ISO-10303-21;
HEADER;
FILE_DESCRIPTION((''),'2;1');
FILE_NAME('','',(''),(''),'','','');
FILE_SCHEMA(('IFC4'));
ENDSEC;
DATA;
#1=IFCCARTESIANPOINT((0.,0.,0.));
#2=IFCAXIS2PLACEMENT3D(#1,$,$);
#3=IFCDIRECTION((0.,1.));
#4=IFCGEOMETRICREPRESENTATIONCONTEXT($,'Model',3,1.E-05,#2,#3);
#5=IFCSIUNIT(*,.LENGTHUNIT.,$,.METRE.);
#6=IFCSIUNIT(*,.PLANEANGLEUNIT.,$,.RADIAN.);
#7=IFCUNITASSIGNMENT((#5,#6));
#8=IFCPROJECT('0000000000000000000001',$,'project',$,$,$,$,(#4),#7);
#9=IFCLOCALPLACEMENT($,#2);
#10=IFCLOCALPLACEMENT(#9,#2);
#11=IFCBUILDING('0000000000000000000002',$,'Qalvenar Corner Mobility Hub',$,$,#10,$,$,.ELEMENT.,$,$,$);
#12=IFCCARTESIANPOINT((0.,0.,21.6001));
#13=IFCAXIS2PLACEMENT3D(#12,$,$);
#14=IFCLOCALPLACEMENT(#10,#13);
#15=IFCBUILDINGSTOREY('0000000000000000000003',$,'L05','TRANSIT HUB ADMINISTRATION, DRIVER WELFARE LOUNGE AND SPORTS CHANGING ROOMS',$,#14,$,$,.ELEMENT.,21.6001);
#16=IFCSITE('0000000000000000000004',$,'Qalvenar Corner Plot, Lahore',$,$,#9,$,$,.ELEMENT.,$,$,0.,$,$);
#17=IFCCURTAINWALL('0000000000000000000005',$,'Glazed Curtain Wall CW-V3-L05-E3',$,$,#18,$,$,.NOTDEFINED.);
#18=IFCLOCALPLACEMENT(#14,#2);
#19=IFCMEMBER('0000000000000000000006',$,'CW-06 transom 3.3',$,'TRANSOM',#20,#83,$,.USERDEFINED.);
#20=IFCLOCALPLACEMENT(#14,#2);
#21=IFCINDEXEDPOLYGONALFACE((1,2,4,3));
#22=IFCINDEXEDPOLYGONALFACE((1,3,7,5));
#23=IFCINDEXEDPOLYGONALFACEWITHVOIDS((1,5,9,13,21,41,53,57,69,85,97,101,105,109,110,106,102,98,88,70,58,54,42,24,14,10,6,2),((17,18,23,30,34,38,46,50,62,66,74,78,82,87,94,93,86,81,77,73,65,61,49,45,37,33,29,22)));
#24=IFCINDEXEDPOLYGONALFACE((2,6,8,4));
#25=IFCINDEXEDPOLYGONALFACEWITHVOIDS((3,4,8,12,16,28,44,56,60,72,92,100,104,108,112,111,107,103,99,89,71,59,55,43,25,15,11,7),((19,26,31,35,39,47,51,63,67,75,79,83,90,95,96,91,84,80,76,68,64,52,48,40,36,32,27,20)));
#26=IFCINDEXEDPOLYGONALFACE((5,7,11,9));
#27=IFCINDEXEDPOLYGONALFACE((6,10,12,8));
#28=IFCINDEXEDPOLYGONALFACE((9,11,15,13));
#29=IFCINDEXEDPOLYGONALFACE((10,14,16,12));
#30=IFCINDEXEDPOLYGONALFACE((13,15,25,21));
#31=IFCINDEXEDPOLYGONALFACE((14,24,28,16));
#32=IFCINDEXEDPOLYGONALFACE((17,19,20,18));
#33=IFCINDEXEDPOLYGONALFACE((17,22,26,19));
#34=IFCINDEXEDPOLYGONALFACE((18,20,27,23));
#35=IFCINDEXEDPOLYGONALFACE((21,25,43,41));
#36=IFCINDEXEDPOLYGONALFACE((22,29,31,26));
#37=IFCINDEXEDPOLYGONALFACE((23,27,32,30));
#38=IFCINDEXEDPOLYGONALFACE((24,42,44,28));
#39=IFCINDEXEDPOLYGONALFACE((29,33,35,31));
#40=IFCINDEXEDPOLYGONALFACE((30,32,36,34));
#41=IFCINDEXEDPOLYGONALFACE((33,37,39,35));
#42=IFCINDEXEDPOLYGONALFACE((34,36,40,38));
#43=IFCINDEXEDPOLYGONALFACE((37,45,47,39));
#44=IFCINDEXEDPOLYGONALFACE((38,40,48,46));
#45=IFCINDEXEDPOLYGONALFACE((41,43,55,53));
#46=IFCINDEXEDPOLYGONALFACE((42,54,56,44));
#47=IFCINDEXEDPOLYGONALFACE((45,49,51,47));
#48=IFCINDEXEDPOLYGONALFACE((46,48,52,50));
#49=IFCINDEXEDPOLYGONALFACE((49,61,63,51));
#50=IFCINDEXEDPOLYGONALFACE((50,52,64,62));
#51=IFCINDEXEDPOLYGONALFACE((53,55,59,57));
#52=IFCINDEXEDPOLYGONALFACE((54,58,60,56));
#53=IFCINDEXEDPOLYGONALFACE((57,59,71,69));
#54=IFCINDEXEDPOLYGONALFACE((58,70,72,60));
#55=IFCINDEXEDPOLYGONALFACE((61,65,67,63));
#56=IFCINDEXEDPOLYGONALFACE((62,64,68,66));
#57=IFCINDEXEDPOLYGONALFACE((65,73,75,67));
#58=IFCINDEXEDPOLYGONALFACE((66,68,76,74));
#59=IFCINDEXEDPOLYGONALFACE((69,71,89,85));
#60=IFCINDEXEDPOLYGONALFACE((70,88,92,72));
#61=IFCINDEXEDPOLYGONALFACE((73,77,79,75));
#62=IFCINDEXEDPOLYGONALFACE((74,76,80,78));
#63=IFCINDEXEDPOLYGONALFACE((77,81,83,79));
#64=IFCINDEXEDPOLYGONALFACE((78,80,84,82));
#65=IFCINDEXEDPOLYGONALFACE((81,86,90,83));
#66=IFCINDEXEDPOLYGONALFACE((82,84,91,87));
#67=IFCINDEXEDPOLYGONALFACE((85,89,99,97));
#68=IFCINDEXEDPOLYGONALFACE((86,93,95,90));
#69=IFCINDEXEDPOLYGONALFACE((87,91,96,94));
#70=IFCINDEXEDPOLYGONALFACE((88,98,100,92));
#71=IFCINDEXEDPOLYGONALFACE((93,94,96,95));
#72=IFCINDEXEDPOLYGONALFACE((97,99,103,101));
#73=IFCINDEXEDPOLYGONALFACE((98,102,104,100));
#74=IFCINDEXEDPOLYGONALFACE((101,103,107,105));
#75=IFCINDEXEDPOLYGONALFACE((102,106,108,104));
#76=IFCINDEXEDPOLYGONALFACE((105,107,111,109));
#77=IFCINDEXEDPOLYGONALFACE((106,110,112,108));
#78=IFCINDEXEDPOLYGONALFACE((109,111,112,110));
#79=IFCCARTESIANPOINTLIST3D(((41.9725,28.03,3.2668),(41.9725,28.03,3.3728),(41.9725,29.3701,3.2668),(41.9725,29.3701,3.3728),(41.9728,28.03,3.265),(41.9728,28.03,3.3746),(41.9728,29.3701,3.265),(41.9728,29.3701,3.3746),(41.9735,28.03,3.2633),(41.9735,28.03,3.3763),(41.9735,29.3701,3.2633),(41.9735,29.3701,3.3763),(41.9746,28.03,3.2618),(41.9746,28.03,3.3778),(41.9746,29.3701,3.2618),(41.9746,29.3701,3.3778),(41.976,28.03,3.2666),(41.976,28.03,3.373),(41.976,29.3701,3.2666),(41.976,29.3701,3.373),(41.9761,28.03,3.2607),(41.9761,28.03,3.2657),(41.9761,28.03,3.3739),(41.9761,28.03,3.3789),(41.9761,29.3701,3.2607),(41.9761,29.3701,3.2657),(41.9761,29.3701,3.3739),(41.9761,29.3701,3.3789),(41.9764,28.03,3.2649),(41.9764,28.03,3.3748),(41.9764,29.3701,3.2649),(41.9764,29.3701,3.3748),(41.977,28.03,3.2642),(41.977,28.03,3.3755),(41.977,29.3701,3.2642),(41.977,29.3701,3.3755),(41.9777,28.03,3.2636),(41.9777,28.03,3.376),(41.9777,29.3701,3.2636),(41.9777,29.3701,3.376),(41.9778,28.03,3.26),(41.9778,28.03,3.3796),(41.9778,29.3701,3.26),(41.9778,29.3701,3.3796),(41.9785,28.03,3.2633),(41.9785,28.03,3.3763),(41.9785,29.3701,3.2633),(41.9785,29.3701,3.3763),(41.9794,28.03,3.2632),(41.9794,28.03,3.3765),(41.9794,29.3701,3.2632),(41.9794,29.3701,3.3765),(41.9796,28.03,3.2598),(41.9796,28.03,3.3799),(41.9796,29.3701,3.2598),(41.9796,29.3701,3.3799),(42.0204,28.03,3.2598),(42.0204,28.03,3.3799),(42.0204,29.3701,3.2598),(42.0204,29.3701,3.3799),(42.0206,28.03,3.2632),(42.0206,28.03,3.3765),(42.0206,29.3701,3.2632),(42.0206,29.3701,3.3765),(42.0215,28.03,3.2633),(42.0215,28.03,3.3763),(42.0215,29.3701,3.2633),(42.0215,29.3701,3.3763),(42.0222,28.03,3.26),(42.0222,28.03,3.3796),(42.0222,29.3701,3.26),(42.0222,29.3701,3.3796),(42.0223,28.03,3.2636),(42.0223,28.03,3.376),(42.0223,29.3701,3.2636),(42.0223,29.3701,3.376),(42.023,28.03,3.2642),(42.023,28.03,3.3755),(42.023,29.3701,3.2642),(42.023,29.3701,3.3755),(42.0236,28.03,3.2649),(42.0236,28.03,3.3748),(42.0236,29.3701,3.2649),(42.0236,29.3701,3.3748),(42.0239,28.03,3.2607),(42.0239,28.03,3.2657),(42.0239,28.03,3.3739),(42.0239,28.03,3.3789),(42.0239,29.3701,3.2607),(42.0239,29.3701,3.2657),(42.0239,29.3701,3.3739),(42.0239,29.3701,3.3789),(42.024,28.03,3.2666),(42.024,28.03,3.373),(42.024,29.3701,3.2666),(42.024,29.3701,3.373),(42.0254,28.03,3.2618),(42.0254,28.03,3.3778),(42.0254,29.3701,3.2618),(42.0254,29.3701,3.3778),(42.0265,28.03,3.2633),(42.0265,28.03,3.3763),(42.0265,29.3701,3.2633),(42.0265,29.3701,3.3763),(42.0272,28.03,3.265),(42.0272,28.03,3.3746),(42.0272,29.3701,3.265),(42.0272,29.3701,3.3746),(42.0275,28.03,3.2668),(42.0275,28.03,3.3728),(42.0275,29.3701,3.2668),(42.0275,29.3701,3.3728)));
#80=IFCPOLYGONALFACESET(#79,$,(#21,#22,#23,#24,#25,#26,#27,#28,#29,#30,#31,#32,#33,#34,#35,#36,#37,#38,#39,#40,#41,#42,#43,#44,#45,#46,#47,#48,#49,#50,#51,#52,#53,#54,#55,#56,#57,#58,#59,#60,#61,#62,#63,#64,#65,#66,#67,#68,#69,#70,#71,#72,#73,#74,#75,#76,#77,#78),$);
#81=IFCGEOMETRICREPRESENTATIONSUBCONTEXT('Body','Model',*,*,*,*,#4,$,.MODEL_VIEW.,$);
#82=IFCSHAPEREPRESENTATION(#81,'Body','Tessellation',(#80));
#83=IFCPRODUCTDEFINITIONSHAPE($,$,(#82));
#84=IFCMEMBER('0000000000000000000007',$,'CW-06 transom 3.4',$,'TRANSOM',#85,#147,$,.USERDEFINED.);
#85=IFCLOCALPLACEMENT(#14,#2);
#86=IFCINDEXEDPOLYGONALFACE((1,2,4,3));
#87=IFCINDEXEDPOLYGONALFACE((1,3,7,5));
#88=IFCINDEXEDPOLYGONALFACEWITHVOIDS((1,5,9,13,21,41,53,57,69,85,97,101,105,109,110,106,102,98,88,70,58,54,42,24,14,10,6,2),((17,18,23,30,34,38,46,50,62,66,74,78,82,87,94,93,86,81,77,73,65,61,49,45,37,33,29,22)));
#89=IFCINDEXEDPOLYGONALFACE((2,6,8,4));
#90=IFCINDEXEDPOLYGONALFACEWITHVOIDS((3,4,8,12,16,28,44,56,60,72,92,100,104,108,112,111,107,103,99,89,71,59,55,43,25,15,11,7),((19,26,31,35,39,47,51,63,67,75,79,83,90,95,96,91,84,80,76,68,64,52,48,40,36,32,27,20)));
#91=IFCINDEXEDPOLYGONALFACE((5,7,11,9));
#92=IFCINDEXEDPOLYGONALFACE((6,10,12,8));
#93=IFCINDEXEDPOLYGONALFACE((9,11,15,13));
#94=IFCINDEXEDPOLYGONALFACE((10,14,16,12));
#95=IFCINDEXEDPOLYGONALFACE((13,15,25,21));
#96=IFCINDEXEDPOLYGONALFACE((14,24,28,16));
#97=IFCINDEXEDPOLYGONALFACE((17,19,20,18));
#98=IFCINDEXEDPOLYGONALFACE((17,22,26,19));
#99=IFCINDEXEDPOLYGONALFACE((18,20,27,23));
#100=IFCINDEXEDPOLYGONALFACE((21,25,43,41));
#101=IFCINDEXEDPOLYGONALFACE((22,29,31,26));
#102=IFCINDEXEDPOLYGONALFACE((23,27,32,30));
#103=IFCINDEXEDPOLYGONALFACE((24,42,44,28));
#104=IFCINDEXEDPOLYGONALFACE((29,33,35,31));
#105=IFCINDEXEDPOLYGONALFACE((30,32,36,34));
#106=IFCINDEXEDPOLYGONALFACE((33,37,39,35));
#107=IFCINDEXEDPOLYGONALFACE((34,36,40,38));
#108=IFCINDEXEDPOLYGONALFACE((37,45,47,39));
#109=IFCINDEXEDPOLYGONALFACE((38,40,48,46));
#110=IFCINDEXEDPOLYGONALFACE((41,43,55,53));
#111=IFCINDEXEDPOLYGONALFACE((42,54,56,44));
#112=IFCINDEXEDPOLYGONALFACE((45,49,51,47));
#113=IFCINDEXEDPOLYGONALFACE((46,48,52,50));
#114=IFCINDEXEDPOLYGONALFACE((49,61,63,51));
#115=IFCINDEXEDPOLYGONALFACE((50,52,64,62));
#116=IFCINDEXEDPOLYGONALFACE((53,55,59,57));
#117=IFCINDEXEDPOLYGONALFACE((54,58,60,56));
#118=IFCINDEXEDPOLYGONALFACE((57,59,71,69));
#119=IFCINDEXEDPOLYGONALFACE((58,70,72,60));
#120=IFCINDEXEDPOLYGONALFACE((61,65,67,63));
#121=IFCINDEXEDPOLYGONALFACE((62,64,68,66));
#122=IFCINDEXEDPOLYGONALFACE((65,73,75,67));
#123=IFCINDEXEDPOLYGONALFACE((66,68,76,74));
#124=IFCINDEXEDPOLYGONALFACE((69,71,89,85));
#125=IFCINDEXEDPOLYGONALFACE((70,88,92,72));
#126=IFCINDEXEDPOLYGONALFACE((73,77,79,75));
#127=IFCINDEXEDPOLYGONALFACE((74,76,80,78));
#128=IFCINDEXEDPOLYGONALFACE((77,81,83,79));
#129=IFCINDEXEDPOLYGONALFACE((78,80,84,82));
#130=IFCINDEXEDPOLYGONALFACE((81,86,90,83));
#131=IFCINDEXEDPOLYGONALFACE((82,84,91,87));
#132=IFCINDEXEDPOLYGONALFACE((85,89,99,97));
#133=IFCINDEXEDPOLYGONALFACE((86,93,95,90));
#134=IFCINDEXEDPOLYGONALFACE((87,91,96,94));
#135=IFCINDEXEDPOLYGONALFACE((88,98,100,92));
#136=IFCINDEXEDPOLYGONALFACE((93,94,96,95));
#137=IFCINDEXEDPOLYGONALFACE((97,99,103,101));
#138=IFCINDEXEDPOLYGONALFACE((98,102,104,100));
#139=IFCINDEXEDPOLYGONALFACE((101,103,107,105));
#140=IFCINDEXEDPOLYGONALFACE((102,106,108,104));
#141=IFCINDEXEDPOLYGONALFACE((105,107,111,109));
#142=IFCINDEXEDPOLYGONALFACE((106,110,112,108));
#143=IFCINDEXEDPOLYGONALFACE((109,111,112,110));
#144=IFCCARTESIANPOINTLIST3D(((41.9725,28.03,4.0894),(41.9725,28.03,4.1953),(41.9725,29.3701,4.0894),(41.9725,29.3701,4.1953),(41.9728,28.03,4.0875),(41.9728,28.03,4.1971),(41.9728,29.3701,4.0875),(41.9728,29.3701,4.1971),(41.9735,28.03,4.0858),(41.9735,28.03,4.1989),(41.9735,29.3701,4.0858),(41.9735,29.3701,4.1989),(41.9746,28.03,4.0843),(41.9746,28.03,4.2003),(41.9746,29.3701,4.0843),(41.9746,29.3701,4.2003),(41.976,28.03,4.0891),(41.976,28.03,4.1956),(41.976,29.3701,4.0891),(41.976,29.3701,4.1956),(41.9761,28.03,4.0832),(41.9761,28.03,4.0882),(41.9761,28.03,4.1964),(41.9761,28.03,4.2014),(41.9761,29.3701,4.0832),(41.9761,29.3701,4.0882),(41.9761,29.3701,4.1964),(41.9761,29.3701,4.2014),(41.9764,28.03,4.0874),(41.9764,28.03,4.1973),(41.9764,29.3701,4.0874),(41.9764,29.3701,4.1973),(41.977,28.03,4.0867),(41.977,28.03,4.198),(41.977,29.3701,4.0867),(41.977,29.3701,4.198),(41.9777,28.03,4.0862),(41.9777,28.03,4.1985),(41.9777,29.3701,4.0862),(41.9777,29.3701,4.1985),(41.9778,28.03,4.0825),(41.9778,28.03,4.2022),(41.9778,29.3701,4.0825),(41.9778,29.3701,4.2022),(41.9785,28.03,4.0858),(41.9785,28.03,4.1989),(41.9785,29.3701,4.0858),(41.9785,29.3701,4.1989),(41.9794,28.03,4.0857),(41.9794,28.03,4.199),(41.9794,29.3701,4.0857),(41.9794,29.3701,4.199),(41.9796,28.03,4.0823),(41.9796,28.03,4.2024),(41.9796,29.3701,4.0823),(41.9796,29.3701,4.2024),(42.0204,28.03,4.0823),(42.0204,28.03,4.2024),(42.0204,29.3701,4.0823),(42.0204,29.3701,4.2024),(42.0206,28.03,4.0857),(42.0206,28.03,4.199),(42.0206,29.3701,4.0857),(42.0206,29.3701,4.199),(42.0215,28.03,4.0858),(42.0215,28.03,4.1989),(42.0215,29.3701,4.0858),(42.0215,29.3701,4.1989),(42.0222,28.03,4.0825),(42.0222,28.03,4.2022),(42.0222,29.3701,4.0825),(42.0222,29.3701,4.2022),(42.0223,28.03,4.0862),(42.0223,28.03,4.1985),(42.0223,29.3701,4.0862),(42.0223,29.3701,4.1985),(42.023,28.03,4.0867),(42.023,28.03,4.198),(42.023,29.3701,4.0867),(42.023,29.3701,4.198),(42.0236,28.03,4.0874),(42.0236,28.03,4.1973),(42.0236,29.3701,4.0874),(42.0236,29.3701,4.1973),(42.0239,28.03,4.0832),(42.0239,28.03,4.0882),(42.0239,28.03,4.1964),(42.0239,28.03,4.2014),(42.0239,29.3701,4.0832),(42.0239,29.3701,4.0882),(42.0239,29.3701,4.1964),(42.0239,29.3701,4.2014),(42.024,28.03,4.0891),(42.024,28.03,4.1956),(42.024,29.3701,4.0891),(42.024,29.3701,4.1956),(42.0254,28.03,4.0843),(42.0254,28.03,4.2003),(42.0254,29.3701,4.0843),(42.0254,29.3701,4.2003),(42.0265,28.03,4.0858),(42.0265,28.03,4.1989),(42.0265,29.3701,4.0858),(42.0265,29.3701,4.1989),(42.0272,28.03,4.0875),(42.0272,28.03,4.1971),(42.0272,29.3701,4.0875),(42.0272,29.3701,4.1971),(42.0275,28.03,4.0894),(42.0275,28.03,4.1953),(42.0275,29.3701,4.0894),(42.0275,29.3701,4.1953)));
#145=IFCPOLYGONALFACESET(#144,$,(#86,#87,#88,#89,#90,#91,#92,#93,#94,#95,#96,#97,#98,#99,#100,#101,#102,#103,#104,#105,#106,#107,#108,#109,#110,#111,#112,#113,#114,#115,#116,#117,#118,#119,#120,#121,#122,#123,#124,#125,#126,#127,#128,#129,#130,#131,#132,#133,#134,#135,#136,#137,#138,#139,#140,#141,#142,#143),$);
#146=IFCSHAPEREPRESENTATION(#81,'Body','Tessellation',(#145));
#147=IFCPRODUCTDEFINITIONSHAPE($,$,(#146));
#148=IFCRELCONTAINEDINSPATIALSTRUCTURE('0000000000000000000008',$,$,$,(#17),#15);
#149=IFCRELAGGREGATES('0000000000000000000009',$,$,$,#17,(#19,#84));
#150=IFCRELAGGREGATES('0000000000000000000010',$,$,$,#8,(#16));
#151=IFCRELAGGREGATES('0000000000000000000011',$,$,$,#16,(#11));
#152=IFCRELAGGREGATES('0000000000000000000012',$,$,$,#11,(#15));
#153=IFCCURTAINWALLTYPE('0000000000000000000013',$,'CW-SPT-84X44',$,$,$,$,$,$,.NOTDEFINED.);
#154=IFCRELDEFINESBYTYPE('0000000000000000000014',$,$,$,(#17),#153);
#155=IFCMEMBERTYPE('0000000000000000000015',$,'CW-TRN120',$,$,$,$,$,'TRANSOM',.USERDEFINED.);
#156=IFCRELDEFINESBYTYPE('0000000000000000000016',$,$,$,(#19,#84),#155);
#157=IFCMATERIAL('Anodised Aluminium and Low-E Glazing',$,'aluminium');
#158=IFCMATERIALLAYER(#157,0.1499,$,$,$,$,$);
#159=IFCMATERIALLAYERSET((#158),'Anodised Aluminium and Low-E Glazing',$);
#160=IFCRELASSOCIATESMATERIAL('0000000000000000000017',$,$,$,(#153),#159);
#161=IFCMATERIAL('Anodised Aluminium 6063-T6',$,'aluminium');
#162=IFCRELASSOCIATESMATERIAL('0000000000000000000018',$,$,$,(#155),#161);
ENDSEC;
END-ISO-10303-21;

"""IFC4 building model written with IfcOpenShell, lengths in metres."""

from ifc_helpers import new_model, si_unit, direction, frame, origin, origin_2d, place, context, subcontext, project, spatial, hollow_rectangle, extrude, material, layer, layer_set, material_profile, profile_set, type_object, element, aggregate, save


model = new_model("IFC4")

# Units and contexts
model_context = context("Model", 3, precision=1e-05, world=origin(), true_north=direction((0.0, 1.0)))
body_context = subcontext(model_context, "Body", "Model", "MODEL_VIEW")
ifc_project = project(units=[si_unit("LENGTHUNIT", "METRE"), si_unit("PLANEANGLEUNIT", "RADIAN")], contexts=[model_context])

# Site, building, storey
site_placement = place(None, origin())
site = spatial("IfcSite", under=ifc_project, at=site_placement, Name="Qalvenar Corner Plot, Lahore", CompositionType="ELEMENT", RefElevation=0.0)
building_placement = place(site_placement, origin())
building = spatial("IfcBuilding", under=site, at=building_placement, Name="Qalvenar Corner Mobility Hub", CompositionType="ELEMENT")
storey_placement = place(building_placement, frame((0.0, 0.0, 21.6001)))
storey = spatial("IfcBuildingStorey", under=building, at=storey_placement, Name="L05", Description="TRANSIT HUB ADMINISTRATION, DRIVER WELFARE LOUNGE AND SPORTS CHANGING ROOMS", CompositionType="ELEMENT", Elevation=21.6001)

# Curtain wall, members
ifc_material_1 = material(Name="Anodised Aluminium and Low-E Glazing", Category="aluminium")
ifc_layer_1 = layer(ifc_material_1, 0.1499)
ifc_layer_set_1 = layer_set([ifc_layer_1], Name="Anodised Aluminium and Low-E Glazing")
curtain_wall_type = type_object("IfcCurtainWallType", Name="CW-SPT-84X44", PredefinedType="NOTDEFINED", material=ifc_layer_set_1)
curtain_wall_placement = place(storey_placement, origin())
curtain_wall = element("IfcCurtainWall", 1, at=curtain_wall_placement, inside=storey, type_object=curtain_wall_type, Name="Glazed Curtain Wall CW-V3-L05-E3", PredefinedType="NOTDEFINED")
ifc_material_2 = material(Name="Anodised Aluminium 6063-T6", Category="aluminium")
ifc_material_profile_1 = material_profile(ifc_material_2, hollow_rectangle(XDim=0.0549, YDim=0.1201, WallThickness=0.0034, InnerFilletRadius=0.0034, OuterFilletRadius=0.0071, at=origin_2d()), Name="RHS120x55x3.5")
ifc_profile_set_1 = profile_set([ifc_material_profile_1], Name="Anodised Aluminium 6063-T6")
member_type_1 = type_object("IfcMemberType", Name="CW-TRN120", ElementType="TRANSOM", PredefinedType="USERDEFINED", material=ifc_profile_set_1)
member_1_placement = place(storey_placement, frame((42.0, 28.03, 3.3198), z_axis=(0.0, 1.0, 0.0), x_axis=(-1.0, 0.0, 0.0)))
member_1 = element("IfcMember", 2, at=member_1_placement, type_object=member_type_1, Name="CW-06 transom 3.3", ObjectType="TRANSOM", PredefinedType="USERDEFINED", context=body_context, shape_type="SweptSolid", body=[
    extrude(hollow_rectangle(XDim=0.0549, YDim=0.1201, WallThickness=0.0034, InnerFilletRadius=0.0034, OuterFilletRadius=0.0071, at=origin_2d()), origin(), (0.0, 0.0, 1.0), 1.3401),
])
member_2_placement = place(storey_placement, frame((42.0, 28.03, 4.1423), z_axis=(0.0, 1.0, 0.0), x_axis=(-1.0, 0.0, 0.0)))
member_2 = element("IfcMember", 3, at=member_2_placement, type_object=member_type_1, Name="CW-06 transom 3.4", ObjectType="TRANSOM", PredefinedType="USERDEFINED", context=body_context, shape_type="SweptSolid", body=[
    extrude(hollow_rectangle(XDim=0.0549, YDim=0.1201, WallThickness=0.0034, InnerFilletRadius=0.0034, OuterFilletRadius=0.0071, at=origin_2d()), origin(), (0.0, 0.0, 1.0), 1.3401),
])
aggregate(curtain_wall, [member_1, member_2])

save(model, "model.ifc")
